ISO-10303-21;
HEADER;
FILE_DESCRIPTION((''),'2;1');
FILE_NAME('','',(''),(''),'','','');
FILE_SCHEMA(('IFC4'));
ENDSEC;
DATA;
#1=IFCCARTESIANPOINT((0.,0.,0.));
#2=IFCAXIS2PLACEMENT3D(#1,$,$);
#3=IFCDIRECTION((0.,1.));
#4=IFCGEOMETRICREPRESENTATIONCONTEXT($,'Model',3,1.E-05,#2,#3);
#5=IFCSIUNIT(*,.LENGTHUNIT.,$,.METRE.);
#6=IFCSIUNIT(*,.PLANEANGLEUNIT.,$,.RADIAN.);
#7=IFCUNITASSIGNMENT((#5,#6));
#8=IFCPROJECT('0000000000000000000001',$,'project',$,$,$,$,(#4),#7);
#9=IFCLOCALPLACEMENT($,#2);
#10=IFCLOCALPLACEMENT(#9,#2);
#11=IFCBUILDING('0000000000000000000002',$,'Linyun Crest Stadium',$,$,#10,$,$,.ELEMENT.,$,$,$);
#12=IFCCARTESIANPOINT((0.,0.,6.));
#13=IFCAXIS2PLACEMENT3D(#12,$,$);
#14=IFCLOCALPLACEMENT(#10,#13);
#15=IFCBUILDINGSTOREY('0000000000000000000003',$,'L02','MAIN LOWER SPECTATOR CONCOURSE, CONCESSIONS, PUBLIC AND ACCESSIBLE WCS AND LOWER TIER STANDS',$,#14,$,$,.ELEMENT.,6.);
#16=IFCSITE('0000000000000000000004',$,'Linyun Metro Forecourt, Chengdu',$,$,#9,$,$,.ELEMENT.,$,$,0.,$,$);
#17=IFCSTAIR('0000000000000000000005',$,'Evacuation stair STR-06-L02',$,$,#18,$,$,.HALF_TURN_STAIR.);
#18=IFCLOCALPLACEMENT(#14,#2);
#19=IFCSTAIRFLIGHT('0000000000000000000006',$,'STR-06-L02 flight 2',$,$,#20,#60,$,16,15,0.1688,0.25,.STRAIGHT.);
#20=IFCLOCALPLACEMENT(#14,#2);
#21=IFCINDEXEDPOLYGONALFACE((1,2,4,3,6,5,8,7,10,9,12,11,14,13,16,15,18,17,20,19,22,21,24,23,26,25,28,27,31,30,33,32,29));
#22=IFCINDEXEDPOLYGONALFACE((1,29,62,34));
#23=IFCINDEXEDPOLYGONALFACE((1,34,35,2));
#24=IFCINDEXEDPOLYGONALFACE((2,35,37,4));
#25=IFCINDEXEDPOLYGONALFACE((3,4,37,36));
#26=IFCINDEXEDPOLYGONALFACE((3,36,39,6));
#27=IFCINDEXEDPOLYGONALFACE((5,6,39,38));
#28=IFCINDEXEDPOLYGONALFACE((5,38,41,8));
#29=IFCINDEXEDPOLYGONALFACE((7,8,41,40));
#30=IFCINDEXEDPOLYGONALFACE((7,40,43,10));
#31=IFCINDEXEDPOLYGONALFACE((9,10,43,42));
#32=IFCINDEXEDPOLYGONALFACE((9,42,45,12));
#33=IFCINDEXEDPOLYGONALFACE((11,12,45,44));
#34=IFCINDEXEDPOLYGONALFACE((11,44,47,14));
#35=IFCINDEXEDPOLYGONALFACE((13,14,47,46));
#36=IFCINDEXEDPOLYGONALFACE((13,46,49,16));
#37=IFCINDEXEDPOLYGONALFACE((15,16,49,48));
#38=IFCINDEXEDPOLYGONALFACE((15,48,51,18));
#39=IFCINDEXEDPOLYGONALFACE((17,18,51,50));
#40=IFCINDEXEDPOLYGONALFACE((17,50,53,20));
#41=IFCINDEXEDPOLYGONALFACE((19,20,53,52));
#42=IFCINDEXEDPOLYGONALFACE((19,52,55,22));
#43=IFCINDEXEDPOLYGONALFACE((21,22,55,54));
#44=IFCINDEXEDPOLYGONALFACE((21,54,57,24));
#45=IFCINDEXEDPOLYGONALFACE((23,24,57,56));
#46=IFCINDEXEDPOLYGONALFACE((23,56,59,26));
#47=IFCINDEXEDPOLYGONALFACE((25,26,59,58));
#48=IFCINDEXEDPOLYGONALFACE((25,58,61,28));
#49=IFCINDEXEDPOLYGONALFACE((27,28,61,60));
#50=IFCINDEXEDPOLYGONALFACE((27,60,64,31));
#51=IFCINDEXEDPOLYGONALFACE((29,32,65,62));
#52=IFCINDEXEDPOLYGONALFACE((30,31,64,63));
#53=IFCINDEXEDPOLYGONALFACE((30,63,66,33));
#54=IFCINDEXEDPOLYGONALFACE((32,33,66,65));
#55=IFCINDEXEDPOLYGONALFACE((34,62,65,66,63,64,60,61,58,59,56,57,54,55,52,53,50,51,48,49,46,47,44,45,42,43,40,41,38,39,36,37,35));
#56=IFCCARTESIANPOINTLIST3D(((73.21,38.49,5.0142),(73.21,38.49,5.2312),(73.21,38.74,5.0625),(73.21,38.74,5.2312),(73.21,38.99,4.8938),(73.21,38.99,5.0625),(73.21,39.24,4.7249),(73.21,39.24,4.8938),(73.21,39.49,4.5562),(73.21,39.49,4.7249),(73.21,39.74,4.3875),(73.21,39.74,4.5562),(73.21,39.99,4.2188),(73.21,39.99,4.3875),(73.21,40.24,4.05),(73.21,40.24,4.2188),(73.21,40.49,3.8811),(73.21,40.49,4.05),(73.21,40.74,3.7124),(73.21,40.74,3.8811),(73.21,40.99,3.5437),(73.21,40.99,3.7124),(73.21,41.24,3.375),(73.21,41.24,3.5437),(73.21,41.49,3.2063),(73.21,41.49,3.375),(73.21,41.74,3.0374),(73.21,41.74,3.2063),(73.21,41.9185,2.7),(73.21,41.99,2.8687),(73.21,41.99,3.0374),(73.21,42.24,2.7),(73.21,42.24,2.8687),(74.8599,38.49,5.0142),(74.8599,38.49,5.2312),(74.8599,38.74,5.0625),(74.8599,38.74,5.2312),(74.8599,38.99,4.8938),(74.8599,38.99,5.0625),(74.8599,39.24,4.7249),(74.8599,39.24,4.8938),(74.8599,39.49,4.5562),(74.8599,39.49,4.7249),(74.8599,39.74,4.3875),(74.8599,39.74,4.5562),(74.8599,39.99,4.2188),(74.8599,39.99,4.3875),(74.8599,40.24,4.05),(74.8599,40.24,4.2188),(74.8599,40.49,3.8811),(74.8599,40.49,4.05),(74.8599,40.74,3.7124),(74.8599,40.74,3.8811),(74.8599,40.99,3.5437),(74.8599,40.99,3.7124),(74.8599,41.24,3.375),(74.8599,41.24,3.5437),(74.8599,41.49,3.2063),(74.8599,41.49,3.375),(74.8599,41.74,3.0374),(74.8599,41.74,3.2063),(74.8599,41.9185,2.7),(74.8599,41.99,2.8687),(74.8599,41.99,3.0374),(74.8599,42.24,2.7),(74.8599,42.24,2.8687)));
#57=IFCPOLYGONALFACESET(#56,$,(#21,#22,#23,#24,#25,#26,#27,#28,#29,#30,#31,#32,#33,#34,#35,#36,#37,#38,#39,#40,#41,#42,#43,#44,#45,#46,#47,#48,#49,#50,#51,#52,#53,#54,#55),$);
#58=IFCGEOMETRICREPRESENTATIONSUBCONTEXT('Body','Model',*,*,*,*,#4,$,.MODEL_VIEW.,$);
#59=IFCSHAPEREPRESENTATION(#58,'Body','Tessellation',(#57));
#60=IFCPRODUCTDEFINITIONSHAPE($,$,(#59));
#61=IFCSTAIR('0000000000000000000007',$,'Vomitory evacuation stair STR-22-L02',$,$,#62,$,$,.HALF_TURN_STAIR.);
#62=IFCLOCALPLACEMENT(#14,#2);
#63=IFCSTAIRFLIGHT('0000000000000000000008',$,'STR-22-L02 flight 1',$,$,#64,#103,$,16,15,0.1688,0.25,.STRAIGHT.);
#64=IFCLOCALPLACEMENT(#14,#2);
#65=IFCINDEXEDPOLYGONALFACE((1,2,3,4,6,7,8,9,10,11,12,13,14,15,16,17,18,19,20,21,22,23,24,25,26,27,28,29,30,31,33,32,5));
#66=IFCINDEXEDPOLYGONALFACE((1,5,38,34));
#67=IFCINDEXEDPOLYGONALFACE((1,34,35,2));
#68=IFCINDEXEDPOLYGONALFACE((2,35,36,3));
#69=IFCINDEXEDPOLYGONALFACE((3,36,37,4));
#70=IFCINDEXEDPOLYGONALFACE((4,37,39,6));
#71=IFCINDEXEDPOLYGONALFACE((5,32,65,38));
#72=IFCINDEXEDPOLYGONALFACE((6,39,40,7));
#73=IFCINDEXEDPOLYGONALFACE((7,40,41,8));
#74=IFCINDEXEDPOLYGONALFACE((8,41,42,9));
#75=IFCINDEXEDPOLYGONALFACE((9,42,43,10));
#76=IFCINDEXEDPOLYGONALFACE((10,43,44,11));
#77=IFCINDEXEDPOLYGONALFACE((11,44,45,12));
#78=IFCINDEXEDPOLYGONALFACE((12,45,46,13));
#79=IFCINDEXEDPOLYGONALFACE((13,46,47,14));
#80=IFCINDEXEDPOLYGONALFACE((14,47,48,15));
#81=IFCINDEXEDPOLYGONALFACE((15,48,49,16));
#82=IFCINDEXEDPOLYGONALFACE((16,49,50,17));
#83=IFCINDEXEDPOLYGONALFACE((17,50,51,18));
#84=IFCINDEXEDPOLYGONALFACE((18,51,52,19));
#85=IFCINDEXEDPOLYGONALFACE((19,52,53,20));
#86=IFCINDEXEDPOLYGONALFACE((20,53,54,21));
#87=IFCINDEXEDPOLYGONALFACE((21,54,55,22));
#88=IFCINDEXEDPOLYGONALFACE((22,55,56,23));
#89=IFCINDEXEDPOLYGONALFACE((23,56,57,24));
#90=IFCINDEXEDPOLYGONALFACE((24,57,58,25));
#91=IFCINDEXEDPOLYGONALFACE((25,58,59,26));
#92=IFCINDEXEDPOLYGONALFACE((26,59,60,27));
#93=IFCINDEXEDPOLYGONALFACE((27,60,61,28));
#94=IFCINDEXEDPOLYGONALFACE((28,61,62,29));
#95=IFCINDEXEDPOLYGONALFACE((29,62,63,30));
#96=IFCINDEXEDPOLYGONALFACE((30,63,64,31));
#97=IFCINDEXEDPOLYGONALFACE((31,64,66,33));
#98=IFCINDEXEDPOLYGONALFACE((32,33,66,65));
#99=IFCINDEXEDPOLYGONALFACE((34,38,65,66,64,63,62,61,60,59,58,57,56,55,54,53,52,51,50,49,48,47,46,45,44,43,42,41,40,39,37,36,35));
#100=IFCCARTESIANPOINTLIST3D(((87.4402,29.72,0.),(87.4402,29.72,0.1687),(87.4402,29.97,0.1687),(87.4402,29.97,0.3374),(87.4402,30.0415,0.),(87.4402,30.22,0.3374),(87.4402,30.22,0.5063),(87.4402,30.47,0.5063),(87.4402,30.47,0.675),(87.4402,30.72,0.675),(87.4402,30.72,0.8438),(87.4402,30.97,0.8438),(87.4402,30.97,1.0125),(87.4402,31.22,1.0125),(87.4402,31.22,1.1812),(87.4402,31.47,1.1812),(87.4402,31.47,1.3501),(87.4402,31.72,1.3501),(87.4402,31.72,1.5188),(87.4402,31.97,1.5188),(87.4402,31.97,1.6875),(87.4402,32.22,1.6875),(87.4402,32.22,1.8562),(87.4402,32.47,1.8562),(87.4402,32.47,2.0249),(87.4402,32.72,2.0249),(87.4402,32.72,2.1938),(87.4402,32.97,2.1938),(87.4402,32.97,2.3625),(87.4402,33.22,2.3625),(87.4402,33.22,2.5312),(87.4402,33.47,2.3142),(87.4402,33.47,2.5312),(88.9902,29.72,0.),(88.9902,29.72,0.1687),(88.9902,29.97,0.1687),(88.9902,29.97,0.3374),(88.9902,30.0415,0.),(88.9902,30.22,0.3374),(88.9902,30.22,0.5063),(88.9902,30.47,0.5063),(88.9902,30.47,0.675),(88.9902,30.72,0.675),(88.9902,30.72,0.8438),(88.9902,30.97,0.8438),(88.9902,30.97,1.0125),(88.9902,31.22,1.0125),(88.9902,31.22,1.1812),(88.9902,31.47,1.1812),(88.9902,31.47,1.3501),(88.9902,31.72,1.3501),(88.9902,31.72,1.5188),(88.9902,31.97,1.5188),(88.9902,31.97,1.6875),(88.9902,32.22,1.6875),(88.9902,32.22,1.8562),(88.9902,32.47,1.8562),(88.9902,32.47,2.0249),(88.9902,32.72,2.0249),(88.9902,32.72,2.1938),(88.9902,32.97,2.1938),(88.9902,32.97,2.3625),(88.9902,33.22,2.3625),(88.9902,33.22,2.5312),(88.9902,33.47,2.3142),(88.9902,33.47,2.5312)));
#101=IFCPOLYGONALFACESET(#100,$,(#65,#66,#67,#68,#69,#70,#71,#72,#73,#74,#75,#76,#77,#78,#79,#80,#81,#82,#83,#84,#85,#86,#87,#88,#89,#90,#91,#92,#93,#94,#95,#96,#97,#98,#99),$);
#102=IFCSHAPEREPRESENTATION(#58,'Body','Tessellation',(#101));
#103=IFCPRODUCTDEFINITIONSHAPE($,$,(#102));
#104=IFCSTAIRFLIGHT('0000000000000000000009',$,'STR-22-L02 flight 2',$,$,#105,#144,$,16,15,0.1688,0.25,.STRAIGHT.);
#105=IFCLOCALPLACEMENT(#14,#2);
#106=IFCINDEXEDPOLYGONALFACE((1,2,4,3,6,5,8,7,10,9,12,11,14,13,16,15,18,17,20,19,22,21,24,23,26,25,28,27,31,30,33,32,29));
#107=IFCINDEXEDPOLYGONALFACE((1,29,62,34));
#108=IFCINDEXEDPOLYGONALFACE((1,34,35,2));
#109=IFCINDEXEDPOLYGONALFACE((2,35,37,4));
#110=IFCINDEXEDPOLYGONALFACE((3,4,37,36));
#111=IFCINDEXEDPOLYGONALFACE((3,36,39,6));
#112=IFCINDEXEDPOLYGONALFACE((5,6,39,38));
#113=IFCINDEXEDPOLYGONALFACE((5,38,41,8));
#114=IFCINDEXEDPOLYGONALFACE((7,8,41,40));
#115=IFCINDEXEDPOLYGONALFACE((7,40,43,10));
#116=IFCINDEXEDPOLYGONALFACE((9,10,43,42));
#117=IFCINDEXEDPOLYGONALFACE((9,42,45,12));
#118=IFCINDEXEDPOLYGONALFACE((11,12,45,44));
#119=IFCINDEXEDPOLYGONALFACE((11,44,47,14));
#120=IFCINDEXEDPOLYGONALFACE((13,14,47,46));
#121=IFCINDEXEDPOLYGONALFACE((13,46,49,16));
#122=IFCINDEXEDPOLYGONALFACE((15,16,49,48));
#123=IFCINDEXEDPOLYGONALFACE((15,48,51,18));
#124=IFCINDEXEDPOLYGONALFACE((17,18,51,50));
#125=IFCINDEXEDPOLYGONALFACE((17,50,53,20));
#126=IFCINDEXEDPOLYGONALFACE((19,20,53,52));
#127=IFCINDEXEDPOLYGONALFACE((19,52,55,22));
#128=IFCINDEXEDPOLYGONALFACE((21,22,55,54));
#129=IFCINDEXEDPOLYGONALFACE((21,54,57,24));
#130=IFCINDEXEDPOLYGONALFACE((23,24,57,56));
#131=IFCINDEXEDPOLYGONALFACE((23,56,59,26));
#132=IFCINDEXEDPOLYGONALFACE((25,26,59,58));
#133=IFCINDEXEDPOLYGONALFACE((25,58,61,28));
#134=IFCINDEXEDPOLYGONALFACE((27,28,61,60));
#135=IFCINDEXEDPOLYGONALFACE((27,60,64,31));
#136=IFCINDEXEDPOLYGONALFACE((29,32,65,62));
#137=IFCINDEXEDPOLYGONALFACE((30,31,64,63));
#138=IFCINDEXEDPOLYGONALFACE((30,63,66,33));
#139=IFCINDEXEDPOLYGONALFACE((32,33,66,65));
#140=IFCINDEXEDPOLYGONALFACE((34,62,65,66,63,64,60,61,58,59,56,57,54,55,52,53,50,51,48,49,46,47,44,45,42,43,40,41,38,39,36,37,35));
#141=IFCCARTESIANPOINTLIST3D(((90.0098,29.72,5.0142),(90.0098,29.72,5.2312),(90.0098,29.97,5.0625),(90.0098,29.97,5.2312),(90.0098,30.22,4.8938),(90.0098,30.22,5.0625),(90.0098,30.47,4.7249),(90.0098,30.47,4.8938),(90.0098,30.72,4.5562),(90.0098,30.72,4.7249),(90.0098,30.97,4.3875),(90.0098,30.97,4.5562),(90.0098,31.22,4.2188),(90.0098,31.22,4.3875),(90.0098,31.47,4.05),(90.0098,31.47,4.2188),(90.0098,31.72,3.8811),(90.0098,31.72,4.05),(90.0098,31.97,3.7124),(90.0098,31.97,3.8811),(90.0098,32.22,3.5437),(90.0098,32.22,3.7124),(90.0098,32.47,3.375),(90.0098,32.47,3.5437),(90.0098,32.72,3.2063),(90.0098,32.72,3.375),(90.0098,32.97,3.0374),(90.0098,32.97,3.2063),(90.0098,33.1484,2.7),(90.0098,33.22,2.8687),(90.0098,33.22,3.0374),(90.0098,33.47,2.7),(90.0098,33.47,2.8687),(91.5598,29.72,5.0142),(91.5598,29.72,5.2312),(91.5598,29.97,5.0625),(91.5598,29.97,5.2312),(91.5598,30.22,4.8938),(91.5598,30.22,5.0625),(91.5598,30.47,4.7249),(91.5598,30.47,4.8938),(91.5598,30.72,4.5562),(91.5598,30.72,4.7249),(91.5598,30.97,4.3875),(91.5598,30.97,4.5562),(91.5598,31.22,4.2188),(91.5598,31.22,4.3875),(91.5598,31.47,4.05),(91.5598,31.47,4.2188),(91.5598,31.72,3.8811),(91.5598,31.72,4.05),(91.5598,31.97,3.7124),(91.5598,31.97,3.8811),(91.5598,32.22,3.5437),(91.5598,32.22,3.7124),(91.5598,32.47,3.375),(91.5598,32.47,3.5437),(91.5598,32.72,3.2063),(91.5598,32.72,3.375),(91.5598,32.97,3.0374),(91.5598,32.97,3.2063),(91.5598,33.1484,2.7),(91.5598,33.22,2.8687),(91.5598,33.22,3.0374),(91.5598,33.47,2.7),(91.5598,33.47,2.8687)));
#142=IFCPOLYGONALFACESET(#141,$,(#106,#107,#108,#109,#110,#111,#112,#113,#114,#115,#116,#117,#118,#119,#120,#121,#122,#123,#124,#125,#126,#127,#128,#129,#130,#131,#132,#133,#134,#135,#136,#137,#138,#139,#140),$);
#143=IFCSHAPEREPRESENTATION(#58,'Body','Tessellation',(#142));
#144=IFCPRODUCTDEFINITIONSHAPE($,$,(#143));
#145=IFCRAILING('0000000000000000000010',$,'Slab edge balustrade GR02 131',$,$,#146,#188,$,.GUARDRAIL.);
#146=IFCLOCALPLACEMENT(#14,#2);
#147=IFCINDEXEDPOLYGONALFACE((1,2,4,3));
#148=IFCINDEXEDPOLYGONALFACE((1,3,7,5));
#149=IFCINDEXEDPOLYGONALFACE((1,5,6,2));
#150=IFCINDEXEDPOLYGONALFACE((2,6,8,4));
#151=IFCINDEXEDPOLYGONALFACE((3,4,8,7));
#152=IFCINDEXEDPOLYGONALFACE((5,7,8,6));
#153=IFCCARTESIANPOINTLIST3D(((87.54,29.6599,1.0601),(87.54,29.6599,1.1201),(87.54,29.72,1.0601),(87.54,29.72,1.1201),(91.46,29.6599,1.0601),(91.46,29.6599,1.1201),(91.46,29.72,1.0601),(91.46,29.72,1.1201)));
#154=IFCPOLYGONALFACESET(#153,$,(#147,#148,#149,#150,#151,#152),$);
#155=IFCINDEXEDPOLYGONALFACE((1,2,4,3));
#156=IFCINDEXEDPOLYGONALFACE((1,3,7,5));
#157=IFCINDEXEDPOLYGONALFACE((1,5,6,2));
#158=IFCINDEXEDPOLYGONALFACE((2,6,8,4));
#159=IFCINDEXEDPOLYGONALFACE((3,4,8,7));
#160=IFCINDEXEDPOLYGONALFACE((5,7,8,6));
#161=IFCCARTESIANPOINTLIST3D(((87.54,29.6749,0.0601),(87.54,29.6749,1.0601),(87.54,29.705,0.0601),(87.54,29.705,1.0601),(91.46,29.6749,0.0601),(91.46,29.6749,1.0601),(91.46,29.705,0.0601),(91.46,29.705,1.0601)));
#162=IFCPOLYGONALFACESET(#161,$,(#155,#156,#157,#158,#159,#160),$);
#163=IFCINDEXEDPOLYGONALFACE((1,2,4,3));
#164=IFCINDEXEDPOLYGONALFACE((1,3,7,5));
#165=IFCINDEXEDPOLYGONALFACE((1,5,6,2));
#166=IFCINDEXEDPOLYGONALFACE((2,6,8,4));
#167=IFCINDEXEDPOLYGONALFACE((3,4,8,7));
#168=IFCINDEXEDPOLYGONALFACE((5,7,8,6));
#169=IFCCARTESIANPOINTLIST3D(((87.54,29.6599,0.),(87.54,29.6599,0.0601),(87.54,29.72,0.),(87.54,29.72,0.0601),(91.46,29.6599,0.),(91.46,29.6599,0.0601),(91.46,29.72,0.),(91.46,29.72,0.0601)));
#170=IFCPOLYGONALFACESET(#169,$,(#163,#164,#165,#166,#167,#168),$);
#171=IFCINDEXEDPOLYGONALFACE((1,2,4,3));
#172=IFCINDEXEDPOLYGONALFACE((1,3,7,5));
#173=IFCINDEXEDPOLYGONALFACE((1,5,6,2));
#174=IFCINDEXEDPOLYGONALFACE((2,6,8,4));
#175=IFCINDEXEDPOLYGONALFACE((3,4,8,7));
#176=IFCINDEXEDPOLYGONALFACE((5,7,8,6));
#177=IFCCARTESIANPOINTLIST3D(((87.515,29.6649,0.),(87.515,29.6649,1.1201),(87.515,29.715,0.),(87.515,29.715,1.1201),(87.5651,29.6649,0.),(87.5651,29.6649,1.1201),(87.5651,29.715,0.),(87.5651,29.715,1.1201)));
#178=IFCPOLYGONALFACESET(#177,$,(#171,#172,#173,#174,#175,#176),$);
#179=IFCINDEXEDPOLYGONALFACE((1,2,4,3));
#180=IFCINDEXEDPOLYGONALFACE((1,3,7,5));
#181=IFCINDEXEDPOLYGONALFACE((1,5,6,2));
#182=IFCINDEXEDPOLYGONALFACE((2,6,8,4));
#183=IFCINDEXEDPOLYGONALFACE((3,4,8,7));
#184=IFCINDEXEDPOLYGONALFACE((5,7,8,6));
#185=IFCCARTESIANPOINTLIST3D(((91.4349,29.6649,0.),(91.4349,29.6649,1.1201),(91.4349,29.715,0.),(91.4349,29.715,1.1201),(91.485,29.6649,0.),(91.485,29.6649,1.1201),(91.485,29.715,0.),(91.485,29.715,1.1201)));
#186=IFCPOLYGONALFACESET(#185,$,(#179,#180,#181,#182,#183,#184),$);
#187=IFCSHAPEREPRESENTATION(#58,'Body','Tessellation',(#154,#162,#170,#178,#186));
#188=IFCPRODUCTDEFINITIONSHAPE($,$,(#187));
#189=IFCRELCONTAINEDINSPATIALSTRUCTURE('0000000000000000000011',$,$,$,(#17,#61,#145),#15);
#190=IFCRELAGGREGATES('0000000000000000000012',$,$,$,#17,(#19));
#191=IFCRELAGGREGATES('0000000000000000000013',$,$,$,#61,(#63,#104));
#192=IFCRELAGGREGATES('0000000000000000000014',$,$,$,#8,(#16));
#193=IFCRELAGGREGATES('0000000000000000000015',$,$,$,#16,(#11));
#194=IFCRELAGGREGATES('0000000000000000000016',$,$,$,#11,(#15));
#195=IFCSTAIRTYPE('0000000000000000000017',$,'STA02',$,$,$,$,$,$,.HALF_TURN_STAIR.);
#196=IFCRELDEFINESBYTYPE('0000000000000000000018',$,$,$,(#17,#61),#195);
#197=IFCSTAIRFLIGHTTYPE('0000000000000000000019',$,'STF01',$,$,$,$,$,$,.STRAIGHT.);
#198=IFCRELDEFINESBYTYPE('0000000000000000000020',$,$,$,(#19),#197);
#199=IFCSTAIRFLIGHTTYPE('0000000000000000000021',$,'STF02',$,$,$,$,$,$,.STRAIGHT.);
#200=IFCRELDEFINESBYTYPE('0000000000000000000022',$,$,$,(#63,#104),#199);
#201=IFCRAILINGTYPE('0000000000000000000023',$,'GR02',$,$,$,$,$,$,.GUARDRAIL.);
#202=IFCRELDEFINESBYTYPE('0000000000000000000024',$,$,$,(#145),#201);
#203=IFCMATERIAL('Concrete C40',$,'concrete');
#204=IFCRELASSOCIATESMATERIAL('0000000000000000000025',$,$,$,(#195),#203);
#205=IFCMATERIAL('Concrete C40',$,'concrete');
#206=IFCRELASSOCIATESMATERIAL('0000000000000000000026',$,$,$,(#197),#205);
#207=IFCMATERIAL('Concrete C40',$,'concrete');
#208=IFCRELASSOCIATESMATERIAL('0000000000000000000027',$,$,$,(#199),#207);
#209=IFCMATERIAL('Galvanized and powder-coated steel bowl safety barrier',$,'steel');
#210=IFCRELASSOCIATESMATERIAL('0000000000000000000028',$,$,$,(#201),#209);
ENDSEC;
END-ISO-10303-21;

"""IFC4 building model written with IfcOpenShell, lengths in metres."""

from ifc_helpers import new_model, si_unit, direction, frame, origin, origin_2d, place, context, subcontext, project, spatial, polyline, rectangle, outline, extrude, material, type_object, element, aggregate, save


model = new_model("IFC4")

# Units and contexts
model_context = context("Model", 3, precision=1e-05, world=origin(), true_north=direction((0.0, 1.0)))
body_context = subcontext(model_context, "Body", "Model", "MODEL_VIEW")
ifc_project = project(units=[si_unit("LENGTHUNIT", "METRE"), si_unit("PLANEANGLEUNIT", "RADIAN")], contexts=[model_context])

# Site, building, storey
site_placement = place(None, origin())
site = spatial("IfcSite", under=ifc_project, at=site_placement, Name="Linyun Metro Forecourt, Chengdu", CompositionType="ELEMENT", RefElevation=0.0)
building_placement = place(site_placement, origin())
building = spatial("IfcBuilding", under=site, at=building_placement, Name="Linyun Crest Stadium", CompositionType="ELEMENT")
storey_placement = place(building_placement, frame((0.0, 0.0, 6.0)))
storey = spatial("IfcBuildingStorey", under=building, at=storey_placement, Name="L02", Description="MAIN LOWER SPECTATOR CONCOURSE, CONCESSIONS, PUBLIC AND ACCESSIBLE WCS AND LOWER TIER STANDS", CompositionType="ELEMENT", Elevation=6.0)

# Stairs, stair flights
ifc_material_1 = material(Name="Concrete C40", Category="concrete")
stair_type = type_object("IfcStairType", Name="STA02", PredefinedType="HALF_TURN_STAIR", material=ifc_material_1)
stair_1_placement = place(storey_placement, origin())
stair_1 = element("IfcStair", 1, at=stair_1_placement, inside=storey, type_object=stair_type, Name="Evacuation stair STR-06-L02", PredefinedType="HALF_TURN_STAIR")
ifc_material_2 = material(Name="Concrete C40", Category="concrete")
stair_flight_type_1 = type_object("IfcStairFlightType", Name="STF01", PredefinedType="STRAIGHT", material=ifc_material_2)
stair_flight_1_placement = place(storey_placement, frame((74.0349, 42.24, 2.7), z_axis=(0.0, 0.0, 1.0), x_axis=(0.0, -1.0, 0.0)))
stair_flight_1 = element("IfcStairFlight", 2, at=stair_flight_1_placement, type_object=stair_flight_type_1, Name="STR-06-L02 flight 2", NumberOfRisers=16, NumberOfTreads=15, PredefinedType="STRAIGHT", RiserHeight=0.1688, TreadLength=0.25, context=body_context, shape_type="SweptSolid", body=[
    extrude(outline(polyline([(0.0, 0.0), (0.0, 0.1687), (0.25, 0.1687), (0.25, 0.3374), (0.5, 0.3374), (0.5, 0.5063), (0.75, 0.5063), (0.75, 0.675), (1.0, 0.675), (1.0, 0.8438), (1.25, 0.8438), (1.25, 1.0125), (1.5, 1.0125), (1.5, 1.1812), (1.75, 1.1812), (1.75, 1.3501), (2.0, 1.3501), (2.0, 1.5188), (2.25, 1.5188), (2.25, 1.6875), (2.5, 1.6875), (2.5, 1.8562), (2.75, 1.8562), (2.75, 2.0249), (3.0, 2.0249), (3.0, 2.1938), (3.25, 2.1938), (3.25, 2.3625), (3.5, 2.3625), (3.5, 2.5312), (3.75, 2.5312), (3.75, 2.7), (3.75, 2.3142), (0.3215, 0.0), (0.0, 0.0)])), frame((0.0, 0.825, 0.0), z_axis=(0.0, -1.0, 0.0), x_axis=(1.0, 0.0, 0.0)), (0.0, 0.0, 1.0), 1.6499),
])
aggregate(stair_1, [stair_flight_1])
stair_2_placement = place(storey_placement, origin())
stair_2 = element("IfcStair", 3, at=stair_2_placement, inside=storey, type_object=stair_type, Name="Vomitory evacuation stair STR-22-L02", PredefinedType="HALF_TURN_STAIR")
ifc_material_3 = material(Name="Concrete C40", Category="concrete")
stair_flight_type_2 = type_object("IfcStairFlightType", Name="STF02", PredefinedType="STRAIGHT", material=ifc_material_3)
stair_flight_2_placement = place(storey_placement, frame((88.2151, 29.72, 0.0), z_axis=(0.0, 0.0, 1.0), x_axis=(0.0, 1.0, 0.0)))
stair_flight_2 = element("IfcStairFlight", 4, at=stair_flight_2_placement, type_object=stair_flight_type_2, Name="STR-22-L02 flight 1", NumberOfRisers=16, NumberOfTreads=15, PredefinedType="STRAIGHT", RiserHeight=0.1688, TreadLength=0.25, context=body_context, shape_type="SweptSolid", body=[
    extrude(outline(polyline([(0.0, 0.0), (0.0, 0.1687), (0.25, 0.1687), (0.25, 0.3374), (0.5, 0.3374), (0.5, 0.5063), (0.75, 0.5063), (0.75, 0.675), (1.0, 0.675), (1.0, 0.8438), (1.25, 0.8438), (1.25, 1.0125), (1.5, 1.0125), (1.5, 1.1812), (1.75, 1.1812), (1.75, 1.3501), (2.0, 1.3501), (2.0, 1.5188), (2.25, 1.5188), (2.25, 1.6875), (2.5, 1.6875), (2.5, 1.8562), (2.75, 1.8562), (2.75, 2.0249), (3.0, 2.0249), (3.0, 2.1938), (3.25, 2.1938), (3.25, 2.3625), (3.5, 2.3625), (3.5, 2.5312), (3.75, 2.5312), (3.75, 2.7), (3.75, 2.3142), (0.3215, 0.0), (0.0, 0.0)])), frame((0.0, 0.7749, 0.0), z_axis=(0.0, -1.0, 0.0), x_axis=(1.0, 0.0, 0.0)), (0.0, 0.0, 1.0), 1.55),
])
stair_flight_3_placement = place(storey_placement, frame((90.7849, 33.47, 2.7), z_axis=(0.0, 0.0, 1.0), x_axis=(0.0, -1.0, 0.0)))
stair_flight_3 = element("IfcStairFlight", 5, at=stair_flight_3_placement, type_object=stair_flight_type_2, Name="STR-22-L02 flight 2", NumberOfRisers=16, NumberOfTreads=15, PredefinedType="STRAIGHT", RiserHeight=0.1688, TreadLength=0.25, context=body_context, shape_type="SweptSolid", body=[
    extrude(outline(polyline([(0.0, 0.0), (0.0, 0.1687), (0.25, 0.1687), (0.25, 0.3374), (0.5, 0.3374), (0.5, 0.5063), (0.75, 0.5063), (0.75, 0.675), (1.0, 0.675), (1.0, 0.8438), (1.25, 0.8438), (1.25, 1.0125), (1.5, 1.0125), (1.5, 1.1812), (1.75, 1.1812), (1.75, 1.3501), (2.0, 1.3501), (2.0, 1.5188), (2.25, 1.5188), (2.25, 1.6875), (2.5, 1.6875), (2.5, 1.8562), (2.75, 1.8562), (2.75, 2.0249), (3.0, 2.0249), (3.0, 2.1938), (3.25, 2.1938), (3.25, 2.3625), (3.5, 2.3625), (3.5, 2.5312), (3.75, 2.5312), (3.75, 2.7), (3.75, 2.3142), (0.3215, 0.0), (0.0, 0.0)])), frame((0.0, 0.7749, 0.0), z_axis=(0.0, -1.0, 0.0), x_axis=(1.0, 0.0, 0.0)), (0.0, 0.0, 1.0), 1.55),
])
aggregate(stair_2, [stair_flight_2, stair_flight_3])

# Railing
ifc_material_4 = material(Name="Galvanized and powder-coated steel bowl safety barrier", Category="steel")
railing_type_1 = type_object("IfcRailingType", Name="GR02", PredefinedType="GUARDRAIL", material=ifc_material_4)
railing_1_placement = place(storey_placement, frame((87.54, 29.6899, 0.0)))
element("IfcRailing", 6, at=railing_1_placement, inside=storey, type_object=railing_type_1, Name="Slab edge balustrade GR02 131", PredefinedType="GUARDRAIL", context=body_context, shape_type="SweptSolid", body=[
    extrude(rectangle(XDim=0.0601, YDim=0.0601, at=origin_2d()), frame((0.0, 0.0, 1.0901), z_axis=(1.0, 0.0, 0.0), x_axis=(0.0, 1.0, 0.0)), (0.0, 0.0, 1.0), 3.9199),
    extrude(rectangle(XDim=0.03, YDim=1.0, at=origin_2d()), frame((0.0, 0.0, 0.5601), z_axis=(1.0, 0.0, 0.0), x_axis=(0.0, 1.0, 0.0)), (0.0, 0.0, 1.0), 3.9199),
    extrude(rectangle(XDim=0.0601, YDim=0.0601, at=origin_2d()), frame((0.0, 0.0, 0.03), z_axis=(1.0, 0.0, 0.0), x_axis=(0.0, 1.0, 0.0)), (0.0, 0.0, 1.0), 3.9199),
    extrude(rectangle(XDim=0.05, YDim=0.05, at=origin_2d()), origin(), (0.0, 0.0, 1.0), 1.1201),
    extrude(rectangle(XDim=0.05, YDim=0.05, at=origin_2d()), frame((3.9199, 0.0, 0.0)), (0.0, 0.0, 1.0), 1.1201),
])

save(model, "model.ifc")
